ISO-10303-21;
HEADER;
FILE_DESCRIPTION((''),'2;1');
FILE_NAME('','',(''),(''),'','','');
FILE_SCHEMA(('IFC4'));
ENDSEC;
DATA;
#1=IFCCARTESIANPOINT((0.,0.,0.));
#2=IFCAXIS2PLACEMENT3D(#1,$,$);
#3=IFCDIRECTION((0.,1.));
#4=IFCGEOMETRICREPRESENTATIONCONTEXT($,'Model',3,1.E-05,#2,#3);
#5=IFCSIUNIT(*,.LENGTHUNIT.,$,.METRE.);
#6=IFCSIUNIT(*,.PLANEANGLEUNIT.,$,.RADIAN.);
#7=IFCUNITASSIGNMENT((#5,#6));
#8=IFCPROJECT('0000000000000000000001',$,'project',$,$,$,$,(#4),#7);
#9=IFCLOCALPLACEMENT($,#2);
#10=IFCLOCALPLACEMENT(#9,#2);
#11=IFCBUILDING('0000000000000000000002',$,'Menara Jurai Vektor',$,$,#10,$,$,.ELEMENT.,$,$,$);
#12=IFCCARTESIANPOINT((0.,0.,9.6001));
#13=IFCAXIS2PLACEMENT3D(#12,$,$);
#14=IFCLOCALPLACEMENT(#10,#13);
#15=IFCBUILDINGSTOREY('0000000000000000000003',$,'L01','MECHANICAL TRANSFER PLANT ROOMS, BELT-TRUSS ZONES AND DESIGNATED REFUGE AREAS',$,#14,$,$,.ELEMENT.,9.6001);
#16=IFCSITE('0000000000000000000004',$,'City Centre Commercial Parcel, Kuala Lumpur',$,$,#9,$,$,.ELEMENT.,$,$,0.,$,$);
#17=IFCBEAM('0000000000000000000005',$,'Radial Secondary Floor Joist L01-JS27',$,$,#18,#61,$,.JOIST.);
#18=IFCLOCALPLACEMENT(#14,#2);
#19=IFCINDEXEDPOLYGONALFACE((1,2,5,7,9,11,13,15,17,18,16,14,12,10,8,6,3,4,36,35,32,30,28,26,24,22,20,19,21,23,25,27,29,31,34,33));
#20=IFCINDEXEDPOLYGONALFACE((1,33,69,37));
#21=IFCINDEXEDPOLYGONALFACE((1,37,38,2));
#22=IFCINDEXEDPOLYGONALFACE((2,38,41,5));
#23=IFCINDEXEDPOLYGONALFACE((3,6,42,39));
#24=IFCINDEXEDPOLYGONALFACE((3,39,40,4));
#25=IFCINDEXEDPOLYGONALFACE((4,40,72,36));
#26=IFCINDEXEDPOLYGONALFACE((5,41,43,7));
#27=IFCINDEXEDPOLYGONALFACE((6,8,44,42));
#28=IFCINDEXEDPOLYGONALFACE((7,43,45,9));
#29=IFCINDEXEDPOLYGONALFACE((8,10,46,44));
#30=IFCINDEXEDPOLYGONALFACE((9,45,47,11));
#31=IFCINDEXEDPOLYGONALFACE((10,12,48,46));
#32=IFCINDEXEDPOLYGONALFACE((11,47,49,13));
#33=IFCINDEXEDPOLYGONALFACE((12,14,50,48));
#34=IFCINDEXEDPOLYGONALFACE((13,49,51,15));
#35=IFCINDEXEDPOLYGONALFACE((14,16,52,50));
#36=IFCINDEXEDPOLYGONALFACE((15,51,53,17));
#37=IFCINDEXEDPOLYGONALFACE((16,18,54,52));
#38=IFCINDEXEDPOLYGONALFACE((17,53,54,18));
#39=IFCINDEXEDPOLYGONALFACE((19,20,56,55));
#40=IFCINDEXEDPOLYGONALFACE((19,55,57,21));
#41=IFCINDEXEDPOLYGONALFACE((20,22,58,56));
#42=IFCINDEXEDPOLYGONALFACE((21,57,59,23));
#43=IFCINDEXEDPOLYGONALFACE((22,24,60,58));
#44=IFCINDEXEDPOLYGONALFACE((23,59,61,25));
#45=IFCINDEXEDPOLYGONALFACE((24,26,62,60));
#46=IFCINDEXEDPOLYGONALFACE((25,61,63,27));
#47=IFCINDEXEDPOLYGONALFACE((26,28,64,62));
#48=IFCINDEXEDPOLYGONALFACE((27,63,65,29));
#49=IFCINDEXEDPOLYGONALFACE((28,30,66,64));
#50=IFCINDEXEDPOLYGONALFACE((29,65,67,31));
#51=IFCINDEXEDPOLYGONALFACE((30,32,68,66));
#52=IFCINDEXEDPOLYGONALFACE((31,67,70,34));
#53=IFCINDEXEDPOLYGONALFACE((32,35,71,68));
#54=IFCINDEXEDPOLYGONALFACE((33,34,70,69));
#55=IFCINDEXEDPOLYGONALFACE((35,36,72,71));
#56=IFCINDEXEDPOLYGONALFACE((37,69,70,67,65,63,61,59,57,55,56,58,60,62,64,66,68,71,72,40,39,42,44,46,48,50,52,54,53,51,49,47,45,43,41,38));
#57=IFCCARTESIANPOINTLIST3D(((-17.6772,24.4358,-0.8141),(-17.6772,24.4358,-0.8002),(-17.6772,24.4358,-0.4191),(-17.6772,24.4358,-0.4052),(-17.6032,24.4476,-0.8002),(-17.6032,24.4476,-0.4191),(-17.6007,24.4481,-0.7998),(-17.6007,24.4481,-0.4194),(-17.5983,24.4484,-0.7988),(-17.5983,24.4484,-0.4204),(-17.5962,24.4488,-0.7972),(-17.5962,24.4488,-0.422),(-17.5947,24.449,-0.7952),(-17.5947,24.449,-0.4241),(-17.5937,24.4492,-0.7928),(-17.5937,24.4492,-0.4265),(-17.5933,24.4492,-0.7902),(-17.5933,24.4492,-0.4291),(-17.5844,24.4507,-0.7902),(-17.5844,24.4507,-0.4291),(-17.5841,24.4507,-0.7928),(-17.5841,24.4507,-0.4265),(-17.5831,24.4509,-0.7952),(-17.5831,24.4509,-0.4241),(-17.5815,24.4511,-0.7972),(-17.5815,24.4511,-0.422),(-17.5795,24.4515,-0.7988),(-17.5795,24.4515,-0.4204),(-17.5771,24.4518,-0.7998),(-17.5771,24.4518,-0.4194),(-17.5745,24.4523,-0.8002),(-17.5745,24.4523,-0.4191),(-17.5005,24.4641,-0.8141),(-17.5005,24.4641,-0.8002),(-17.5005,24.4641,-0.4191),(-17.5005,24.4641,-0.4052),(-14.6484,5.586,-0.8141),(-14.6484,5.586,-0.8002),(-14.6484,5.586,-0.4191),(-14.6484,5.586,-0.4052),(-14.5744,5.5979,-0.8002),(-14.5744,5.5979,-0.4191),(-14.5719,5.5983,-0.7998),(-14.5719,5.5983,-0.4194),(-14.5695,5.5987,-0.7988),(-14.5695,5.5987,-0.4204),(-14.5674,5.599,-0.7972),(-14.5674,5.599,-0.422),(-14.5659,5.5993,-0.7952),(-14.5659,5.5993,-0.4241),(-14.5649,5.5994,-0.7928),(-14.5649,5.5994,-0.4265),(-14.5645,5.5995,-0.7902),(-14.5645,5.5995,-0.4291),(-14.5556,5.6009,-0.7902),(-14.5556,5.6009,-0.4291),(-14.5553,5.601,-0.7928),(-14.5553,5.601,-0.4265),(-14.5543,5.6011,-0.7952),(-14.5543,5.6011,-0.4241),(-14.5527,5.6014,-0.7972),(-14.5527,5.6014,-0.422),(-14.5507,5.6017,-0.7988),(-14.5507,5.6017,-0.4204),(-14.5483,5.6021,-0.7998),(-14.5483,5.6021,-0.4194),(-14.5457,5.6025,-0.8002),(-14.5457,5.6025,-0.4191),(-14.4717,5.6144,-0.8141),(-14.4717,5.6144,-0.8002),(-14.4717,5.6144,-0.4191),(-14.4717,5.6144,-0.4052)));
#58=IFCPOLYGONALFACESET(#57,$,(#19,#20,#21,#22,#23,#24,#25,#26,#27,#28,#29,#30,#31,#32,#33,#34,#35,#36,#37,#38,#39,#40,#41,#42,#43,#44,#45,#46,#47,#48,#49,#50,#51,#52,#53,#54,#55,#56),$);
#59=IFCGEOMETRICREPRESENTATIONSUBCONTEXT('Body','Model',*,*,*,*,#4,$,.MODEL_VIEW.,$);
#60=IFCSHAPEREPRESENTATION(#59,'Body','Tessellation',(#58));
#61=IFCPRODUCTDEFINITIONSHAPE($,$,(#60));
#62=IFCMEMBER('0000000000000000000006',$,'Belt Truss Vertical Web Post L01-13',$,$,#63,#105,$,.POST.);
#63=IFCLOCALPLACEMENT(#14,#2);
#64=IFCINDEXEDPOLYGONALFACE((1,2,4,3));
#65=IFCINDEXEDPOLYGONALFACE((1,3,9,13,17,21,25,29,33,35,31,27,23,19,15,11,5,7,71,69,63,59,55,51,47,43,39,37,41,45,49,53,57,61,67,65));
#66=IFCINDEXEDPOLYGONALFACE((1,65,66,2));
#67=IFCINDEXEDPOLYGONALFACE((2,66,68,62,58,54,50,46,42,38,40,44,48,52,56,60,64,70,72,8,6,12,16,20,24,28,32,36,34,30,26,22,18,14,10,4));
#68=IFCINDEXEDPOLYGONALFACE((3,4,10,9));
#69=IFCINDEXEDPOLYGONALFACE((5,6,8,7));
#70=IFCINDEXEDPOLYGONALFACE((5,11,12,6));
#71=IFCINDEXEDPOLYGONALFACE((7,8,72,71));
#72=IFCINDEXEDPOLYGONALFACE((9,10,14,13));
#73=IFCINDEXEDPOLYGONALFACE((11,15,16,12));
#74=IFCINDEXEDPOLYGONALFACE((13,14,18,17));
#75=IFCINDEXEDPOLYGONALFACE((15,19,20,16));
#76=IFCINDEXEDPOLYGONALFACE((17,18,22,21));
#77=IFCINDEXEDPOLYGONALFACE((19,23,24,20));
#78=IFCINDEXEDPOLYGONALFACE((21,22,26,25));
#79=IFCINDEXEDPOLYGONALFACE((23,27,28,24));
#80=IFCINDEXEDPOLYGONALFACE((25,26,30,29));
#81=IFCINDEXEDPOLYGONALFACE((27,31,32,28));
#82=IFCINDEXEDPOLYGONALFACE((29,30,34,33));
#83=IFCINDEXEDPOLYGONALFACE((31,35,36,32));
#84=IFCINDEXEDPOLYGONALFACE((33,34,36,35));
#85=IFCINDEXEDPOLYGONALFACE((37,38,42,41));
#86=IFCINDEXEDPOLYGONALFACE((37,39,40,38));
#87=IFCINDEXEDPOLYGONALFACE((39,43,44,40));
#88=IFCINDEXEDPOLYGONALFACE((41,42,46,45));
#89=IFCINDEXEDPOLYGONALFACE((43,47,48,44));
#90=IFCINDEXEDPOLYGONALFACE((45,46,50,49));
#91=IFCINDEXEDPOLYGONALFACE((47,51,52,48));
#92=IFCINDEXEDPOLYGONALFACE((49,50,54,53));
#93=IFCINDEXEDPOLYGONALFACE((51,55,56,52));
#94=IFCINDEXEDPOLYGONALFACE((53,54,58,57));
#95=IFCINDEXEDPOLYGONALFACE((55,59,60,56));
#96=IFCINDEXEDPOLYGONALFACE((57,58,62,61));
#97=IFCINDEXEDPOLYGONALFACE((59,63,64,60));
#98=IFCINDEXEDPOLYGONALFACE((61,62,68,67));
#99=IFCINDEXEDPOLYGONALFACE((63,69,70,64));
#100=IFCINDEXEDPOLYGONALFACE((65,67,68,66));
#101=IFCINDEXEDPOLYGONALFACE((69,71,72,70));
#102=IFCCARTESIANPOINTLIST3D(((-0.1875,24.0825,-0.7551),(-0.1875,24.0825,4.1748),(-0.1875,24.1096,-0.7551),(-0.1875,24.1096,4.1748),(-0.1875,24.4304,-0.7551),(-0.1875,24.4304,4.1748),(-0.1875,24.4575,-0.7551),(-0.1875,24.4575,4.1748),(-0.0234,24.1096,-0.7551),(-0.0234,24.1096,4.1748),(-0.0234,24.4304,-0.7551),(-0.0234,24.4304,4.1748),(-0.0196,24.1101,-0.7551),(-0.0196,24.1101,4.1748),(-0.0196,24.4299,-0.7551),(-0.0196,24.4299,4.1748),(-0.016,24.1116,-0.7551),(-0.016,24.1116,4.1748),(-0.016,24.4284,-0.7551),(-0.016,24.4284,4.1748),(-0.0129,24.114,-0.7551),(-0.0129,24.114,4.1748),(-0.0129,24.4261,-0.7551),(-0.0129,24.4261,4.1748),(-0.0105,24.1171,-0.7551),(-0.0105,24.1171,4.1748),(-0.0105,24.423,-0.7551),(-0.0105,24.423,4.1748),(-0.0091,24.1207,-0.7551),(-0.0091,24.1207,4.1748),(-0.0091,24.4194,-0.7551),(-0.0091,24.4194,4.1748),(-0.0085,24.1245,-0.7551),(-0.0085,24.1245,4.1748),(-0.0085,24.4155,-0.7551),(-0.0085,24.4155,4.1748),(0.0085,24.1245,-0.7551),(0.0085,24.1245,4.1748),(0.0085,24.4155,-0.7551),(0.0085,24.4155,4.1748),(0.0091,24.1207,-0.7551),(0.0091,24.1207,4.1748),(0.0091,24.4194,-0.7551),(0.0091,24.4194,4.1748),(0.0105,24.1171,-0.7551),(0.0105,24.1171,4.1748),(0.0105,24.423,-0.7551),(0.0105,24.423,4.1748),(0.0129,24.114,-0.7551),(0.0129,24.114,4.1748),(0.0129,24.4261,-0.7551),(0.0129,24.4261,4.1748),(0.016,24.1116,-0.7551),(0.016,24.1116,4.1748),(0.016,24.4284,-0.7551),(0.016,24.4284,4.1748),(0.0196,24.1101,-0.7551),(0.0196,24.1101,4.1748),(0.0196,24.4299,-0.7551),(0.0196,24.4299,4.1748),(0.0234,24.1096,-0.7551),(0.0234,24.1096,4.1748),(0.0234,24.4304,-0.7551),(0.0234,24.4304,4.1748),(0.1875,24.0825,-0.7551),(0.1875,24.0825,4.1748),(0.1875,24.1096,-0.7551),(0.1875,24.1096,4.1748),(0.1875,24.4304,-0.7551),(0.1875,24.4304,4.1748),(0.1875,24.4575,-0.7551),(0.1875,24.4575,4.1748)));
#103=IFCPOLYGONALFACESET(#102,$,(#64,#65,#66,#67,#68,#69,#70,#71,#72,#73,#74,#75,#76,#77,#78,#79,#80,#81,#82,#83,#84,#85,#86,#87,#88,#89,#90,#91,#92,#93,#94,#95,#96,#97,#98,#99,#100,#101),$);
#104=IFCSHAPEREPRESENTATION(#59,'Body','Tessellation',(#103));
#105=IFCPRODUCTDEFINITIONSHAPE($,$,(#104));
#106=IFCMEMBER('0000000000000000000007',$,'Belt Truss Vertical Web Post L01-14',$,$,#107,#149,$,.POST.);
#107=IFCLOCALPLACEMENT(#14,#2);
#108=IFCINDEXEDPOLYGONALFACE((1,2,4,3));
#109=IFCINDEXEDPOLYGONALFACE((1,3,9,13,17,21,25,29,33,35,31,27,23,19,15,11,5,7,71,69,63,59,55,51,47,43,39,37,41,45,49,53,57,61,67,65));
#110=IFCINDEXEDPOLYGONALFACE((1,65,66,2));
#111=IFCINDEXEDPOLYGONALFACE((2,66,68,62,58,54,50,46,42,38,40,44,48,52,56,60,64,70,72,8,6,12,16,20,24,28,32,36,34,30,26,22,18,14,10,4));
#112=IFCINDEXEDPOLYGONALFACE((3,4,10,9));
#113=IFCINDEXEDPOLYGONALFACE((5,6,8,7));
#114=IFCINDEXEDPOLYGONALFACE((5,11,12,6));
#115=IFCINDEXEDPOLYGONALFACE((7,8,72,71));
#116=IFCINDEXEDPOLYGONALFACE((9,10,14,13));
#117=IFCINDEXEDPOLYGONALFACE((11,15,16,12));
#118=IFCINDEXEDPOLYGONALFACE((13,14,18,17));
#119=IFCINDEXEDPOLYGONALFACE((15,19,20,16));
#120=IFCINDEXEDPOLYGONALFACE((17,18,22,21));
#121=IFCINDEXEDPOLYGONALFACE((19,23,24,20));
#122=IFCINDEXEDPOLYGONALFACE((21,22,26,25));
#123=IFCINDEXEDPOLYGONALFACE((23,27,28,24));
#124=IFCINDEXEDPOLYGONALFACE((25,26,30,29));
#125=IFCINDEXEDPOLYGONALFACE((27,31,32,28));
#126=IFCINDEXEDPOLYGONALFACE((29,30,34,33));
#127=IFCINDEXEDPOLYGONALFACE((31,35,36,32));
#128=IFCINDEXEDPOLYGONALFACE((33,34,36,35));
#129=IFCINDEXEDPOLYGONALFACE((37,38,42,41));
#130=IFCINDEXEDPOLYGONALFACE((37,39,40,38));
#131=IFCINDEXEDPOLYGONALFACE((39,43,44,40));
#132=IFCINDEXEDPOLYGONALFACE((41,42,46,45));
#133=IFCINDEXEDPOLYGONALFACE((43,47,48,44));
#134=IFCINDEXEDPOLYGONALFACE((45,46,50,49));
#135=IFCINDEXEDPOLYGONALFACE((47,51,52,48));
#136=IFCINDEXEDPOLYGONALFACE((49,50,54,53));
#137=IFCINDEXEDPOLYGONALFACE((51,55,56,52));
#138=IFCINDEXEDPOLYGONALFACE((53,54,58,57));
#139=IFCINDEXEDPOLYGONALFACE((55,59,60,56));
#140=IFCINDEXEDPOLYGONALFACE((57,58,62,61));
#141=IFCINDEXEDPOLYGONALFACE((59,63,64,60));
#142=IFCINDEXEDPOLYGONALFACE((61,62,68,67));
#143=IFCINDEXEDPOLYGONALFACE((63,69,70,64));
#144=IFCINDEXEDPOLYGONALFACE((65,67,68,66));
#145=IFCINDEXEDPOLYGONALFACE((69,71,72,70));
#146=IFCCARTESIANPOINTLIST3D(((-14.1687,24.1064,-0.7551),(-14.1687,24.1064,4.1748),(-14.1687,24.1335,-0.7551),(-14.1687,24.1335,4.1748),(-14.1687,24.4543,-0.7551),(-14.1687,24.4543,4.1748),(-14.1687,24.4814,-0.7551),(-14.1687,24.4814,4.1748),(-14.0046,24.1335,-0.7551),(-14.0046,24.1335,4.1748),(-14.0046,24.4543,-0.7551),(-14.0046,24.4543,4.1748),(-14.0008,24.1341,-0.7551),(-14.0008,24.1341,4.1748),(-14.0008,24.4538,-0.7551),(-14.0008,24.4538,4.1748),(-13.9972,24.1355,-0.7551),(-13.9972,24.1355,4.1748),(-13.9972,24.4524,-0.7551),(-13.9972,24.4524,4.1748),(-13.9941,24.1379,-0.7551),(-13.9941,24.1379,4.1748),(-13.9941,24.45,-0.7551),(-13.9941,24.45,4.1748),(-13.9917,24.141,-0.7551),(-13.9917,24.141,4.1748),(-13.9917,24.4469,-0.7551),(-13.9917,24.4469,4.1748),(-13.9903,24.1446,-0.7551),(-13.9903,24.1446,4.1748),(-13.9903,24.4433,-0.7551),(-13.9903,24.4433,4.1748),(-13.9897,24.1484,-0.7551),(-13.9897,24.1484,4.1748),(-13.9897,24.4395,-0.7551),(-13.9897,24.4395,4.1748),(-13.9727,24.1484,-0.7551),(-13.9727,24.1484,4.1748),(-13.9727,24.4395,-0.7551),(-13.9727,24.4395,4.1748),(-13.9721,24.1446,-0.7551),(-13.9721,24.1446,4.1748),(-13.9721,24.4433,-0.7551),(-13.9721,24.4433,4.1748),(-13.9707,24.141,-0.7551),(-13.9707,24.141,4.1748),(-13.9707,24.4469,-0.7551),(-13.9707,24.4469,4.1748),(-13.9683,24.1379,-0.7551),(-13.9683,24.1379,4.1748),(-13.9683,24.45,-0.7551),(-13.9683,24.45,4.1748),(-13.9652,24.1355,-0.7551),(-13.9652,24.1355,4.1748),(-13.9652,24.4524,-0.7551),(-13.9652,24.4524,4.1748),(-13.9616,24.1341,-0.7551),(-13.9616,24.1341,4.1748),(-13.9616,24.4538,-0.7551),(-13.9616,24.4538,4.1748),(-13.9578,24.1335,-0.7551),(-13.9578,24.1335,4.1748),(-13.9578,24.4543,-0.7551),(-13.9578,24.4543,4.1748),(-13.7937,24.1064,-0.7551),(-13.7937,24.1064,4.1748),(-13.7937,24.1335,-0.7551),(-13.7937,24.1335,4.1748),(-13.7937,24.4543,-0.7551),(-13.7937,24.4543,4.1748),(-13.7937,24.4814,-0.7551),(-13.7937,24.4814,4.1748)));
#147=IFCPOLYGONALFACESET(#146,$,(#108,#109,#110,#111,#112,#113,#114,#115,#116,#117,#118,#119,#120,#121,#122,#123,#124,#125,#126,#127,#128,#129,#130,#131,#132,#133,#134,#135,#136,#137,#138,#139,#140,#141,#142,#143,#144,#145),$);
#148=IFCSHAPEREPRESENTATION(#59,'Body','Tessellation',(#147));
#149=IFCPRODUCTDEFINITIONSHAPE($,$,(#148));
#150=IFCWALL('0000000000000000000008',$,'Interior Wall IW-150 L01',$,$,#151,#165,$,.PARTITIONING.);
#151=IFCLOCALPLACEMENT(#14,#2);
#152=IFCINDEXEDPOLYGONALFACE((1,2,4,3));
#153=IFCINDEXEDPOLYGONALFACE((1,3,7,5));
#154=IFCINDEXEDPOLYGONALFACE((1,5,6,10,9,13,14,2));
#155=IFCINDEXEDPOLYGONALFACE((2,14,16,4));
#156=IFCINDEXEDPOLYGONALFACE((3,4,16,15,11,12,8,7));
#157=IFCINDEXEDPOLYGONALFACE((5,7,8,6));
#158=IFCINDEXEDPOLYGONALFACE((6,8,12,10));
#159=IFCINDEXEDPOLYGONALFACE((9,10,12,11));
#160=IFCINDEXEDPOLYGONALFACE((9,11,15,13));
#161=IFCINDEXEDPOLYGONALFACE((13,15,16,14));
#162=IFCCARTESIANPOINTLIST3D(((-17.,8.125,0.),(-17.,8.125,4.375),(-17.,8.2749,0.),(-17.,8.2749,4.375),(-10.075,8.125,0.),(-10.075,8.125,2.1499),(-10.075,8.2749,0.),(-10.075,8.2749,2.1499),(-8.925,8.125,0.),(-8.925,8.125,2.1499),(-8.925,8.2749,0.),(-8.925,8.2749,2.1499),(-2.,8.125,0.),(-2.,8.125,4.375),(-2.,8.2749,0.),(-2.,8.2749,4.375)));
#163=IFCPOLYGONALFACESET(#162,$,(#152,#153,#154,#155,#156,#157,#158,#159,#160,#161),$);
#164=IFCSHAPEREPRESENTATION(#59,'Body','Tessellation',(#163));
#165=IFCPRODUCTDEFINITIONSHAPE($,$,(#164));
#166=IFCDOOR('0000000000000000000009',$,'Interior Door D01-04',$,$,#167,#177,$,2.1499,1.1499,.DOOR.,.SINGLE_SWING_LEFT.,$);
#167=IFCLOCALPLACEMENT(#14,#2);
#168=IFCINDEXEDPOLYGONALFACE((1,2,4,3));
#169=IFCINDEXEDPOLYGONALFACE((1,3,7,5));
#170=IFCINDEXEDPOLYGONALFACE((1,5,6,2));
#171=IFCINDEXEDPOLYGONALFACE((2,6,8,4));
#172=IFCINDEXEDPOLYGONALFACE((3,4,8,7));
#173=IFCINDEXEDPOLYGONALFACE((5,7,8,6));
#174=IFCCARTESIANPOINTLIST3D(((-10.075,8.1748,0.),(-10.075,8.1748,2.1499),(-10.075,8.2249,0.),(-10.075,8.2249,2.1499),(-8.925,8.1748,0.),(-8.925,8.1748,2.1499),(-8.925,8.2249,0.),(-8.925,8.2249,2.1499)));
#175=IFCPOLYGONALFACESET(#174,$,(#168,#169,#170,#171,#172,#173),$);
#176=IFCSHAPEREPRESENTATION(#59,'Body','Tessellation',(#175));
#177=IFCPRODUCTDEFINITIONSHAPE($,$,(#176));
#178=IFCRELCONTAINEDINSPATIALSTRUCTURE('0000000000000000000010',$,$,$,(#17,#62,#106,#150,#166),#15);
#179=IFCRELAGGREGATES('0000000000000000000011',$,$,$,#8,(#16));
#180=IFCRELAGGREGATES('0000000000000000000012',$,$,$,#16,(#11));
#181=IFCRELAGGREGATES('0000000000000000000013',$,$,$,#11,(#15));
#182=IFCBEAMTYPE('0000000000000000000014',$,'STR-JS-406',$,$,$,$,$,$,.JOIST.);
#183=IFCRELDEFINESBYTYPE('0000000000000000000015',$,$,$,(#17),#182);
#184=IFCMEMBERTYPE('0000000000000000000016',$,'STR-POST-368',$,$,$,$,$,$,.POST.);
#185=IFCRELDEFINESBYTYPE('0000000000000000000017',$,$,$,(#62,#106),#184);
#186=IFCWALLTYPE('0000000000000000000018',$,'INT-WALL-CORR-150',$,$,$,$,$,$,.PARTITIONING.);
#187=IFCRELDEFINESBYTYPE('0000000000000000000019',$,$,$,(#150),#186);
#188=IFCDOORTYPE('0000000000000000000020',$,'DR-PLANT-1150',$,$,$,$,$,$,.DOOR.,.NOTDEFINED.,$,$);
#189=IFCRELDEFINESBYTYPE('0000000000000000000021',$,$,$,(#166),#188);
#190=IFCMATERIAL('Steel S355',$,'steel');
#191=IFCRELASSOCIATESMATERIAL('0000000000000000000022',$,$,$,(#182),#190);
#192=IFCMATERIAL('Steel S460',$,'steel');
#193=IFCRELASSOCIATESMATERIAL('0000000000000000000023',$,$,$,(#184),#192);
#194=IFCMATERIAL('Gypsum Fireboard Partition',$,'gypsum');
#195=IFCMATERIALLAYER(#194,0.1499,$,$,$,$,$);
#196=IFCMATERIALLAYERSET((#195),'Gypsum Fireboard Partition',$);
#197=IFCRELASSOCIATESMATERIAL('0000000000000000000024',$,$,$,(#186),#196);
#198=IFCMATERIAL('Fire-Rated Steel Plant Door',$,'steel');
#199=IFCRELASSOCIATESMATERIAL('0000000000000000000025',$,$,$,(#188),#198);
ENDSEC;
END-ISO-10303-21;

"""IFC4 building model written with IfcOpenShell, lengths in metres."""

from ifc_helpers import new_model, si_unit, direction, frame, frame_2d, origin, origin_2d, place, context, subcontext, project, spatial, rectangle, i_section, extrude, material, layer, layer_set, material_profile, profile_set, type_object, element, fill, save


model = new_model("IFC4")

# Units and contexts
model_context = context("Model", 3, precision=1e-05, world=origin(), true_north=direction((0.0, 1.0)))
body_context = subcontext(model_context, "Body", "Model", "MODEL_VIEW")
ifc_project = project(units=[si_unit("LENGTHUNIT", "METRE"), si_unit("PLANEANGLEUNIT", "RADIAN")], contexts=[model_context])

# Site, building, storey
site_placement = place(None, origin())
site = spatial("IfcSite", under=ifc_project, at=site_placement, Name="City Centre Commercial Parcel, Kuala Lumpur", CompositionType="ELEMENT", RefElevation=0.0)
building_placement = place(site_placement, origin())
building = spatial("IfcBuilding", under=site, at=building_placement, Name="Menara Jurai Vektor", CompositionType="ELEMENT")
storey_placement = place(building_placement, frame((0.0, 0.0, 9.6001)))
storey = spatial("IfcBuildingStorey", under=building, at=storey_placement, Name="L01", Description="MECHANICAL TRANSFER PLANT ROOMS, BELT-TRUSS ZONES AND DESIGNATED REFUGE AREAS", CompositionType="ELEMENT", Elevation=9.6001)

# Shared definitions
ifc_material_1 = material(Name="Steel S355", Category="steel")
ifc_material_2 = material(Name="Steel S460", Category="steel")

# Beam
ifc_material_profile_1 = material_profile(ifc_material_1, i_section(OverallWidth=0.179, OverallDepth=0.4089, WebThickness=0.009, FlangeThickness=0.0139, FilletRadius=0.01, at=origin_2d()), Name="UKB 406x178x67")
ifc_profile_set_1 = profile_set([ifc_material_profile_1], Name="Steel S355")
beam_type_1 = type_object("IfcBeamType", Name="STR-JS-406", PredefinedType="JOIST", material=ifc_profile_set_1)
beam_1_placement = place(storey_placement, frame((-17.5889, 24.45, -0.6096), z_axis=(0.158646, -0.987336, 0.0), x_axis=(0.987336, 0.158646, 0.0)))
element("IfcBeam", 1, at=beam_1_placement, inside=storey, type_object=beam_type_1, Name="Radial Secondary Floor Joist L01-JS27", PredefinedType="JOIST", context=body_context, shape_type="SweptSolid", body=[
    extrude(i_section(OverallWidth=0.179, OverallDepth=0.4089, WebThickness=0.009, FlangeThickness=0.0139, FilletRadius=0.01, at=origin_2d()), origin(), (0.0, 0.0, 1.0), 19.0916),
])

# Members
ifc_material_profile_2 = material_profile(ifc_material_2, i_section(OverallWidth=0.375, OverallDepth=0.375, WebThickness=0.0171, FlangeThickness=0.0271, FilletRadius=0.0149, at=origin_2d()), Name="UKC 356x368x202")
ifc_profile_set_2 = profile_set([ifc_material_profile_2], Name="Steel S460")
member_type_1 = type_object("IfcMemberType", Name="STR-POST-368", PredefinedType="POST", material=ifc_profile_set_2)
for number, where, z_axis, x_axis, name in (
    (2, (0.0, 24.27, -0.7551), (0.0, 0.0, 1.0), (1.0, 0.0, 0.0), "Belt Truss Vertical Web Post L01-13"),
    (3, (-13.9812, 24.2939, -0.7551), (0.0, 0.0, 1.0), (1.0, 0.0, 0.0), "Belt Truss Vertical Web Post L01-14"),
):
    element("IfcMember", number, at=place(storey_placement, frame(where, z_axis=z_axis, x_axis=x_axis)), inside=storey, type_object=member_type_1, Name=name, PredefinedType="POST", context=body_context, shape_type="SweptSolid", body=[
        extrude(i_section(OverallWidth=0.375, OverallDepth=0.375, WebThickness=0.0171, FlangeThickness=0.0271, FilletRadius=0.0149, at=origin_2d()), origin(), (0.0, 0.0, 1.0), 4.9299),
    ])

# Wall, opening, door
ifc_material_3 = material(Name="Gypsum Fireboard Partition", Category="gypsum")
ifc_layer_1 = layer(ifc_material_3, 0.1499)
ifc_layer_set_1 = layer_set([ifc_layer_1], Name="Gypsum Fireboard Partition")
wall_type_1 = type_object("IfcWallType", Name="INT-WALL-CORR-150", PredefinedType="PARTITIONING", material=ifc_layer_set_1)
wall_1_placement = place(storey_placement, frame((-17.0, 8.2, 0.0), z_axis=(0.0, 0.0, 1.0), x_axis=(1.0, 0.0, 0.0)))
wall_1 = element("IfcWall", 4, at=wall_1_placement, inside=storey, type_object=wall_type_1, Name="Interior Wall IW-150 L01", PredefinedType="PARTITIONING", context=body_context, shape_type="SweptSolid", body=[
    extrude(rectangle(XDim=15.0, YDim=0.1499, at=frame_2d((7.5, 0.0))), origin(), (0.0, 0.0, 1.0), 4.375),
])
opening_1_placement = place(wall_1_placement, frame((6.925, 0.0, 0.0)))
opening_1 = element("IfcOpeningElement", 5, at=opening_1_placement, cuts=wall_1, PredefinedType="OPENING", context=body_context, shape_type="SweptSolid", body=[
    extrude(rectangle(XDim=1.1499, YDim=2.1499, at=frame_2d((0.575, 1.075))), frame((0.0, 0.085, 0.0), z_axis=(0.0, -1.0, 0.0), x_axis=(1.0, 0.0, 0.0)), (0.0, 0.0, 1.0), 0.1699),
])
ifc_material_4 = material(Name="Fire-Rated Steel Plant Door", Category="steel")
door_type = type_object("IfcDoorType", Name="DR-PLANT-1150", OperationType="NOTDEFINED", PredefinedType="DOOR", material=ifc_material_4)
door_1_placement = place(opening_1_placement, origin())
door_1 = element("IfcDoor", 6, at=door_1_placement, inside=storey, type_object=door_type, Name="Interior Door D01-04", OperationType="SINGLE_SWING_LEFT", OverallHeight=2.1499, OverallWidth=1.1499, PredefinedType="DOOR", context=body_context, shape_type="SweptSolid", body=[
    extrude(rectangle(XDim=1.1499, YDim=2.1499, at=frame_2d((0.575, 1.075))), frame((0.0, 0.0249, 0.0), z_axis=(0.0, -1.0, 0.0), x_axis=(1.0, 0.0, 0.0)), (0.0, 0.0, 1.0), 0.05),
])
fill(opening_1, door_1)

save(model, "model.ifc")
